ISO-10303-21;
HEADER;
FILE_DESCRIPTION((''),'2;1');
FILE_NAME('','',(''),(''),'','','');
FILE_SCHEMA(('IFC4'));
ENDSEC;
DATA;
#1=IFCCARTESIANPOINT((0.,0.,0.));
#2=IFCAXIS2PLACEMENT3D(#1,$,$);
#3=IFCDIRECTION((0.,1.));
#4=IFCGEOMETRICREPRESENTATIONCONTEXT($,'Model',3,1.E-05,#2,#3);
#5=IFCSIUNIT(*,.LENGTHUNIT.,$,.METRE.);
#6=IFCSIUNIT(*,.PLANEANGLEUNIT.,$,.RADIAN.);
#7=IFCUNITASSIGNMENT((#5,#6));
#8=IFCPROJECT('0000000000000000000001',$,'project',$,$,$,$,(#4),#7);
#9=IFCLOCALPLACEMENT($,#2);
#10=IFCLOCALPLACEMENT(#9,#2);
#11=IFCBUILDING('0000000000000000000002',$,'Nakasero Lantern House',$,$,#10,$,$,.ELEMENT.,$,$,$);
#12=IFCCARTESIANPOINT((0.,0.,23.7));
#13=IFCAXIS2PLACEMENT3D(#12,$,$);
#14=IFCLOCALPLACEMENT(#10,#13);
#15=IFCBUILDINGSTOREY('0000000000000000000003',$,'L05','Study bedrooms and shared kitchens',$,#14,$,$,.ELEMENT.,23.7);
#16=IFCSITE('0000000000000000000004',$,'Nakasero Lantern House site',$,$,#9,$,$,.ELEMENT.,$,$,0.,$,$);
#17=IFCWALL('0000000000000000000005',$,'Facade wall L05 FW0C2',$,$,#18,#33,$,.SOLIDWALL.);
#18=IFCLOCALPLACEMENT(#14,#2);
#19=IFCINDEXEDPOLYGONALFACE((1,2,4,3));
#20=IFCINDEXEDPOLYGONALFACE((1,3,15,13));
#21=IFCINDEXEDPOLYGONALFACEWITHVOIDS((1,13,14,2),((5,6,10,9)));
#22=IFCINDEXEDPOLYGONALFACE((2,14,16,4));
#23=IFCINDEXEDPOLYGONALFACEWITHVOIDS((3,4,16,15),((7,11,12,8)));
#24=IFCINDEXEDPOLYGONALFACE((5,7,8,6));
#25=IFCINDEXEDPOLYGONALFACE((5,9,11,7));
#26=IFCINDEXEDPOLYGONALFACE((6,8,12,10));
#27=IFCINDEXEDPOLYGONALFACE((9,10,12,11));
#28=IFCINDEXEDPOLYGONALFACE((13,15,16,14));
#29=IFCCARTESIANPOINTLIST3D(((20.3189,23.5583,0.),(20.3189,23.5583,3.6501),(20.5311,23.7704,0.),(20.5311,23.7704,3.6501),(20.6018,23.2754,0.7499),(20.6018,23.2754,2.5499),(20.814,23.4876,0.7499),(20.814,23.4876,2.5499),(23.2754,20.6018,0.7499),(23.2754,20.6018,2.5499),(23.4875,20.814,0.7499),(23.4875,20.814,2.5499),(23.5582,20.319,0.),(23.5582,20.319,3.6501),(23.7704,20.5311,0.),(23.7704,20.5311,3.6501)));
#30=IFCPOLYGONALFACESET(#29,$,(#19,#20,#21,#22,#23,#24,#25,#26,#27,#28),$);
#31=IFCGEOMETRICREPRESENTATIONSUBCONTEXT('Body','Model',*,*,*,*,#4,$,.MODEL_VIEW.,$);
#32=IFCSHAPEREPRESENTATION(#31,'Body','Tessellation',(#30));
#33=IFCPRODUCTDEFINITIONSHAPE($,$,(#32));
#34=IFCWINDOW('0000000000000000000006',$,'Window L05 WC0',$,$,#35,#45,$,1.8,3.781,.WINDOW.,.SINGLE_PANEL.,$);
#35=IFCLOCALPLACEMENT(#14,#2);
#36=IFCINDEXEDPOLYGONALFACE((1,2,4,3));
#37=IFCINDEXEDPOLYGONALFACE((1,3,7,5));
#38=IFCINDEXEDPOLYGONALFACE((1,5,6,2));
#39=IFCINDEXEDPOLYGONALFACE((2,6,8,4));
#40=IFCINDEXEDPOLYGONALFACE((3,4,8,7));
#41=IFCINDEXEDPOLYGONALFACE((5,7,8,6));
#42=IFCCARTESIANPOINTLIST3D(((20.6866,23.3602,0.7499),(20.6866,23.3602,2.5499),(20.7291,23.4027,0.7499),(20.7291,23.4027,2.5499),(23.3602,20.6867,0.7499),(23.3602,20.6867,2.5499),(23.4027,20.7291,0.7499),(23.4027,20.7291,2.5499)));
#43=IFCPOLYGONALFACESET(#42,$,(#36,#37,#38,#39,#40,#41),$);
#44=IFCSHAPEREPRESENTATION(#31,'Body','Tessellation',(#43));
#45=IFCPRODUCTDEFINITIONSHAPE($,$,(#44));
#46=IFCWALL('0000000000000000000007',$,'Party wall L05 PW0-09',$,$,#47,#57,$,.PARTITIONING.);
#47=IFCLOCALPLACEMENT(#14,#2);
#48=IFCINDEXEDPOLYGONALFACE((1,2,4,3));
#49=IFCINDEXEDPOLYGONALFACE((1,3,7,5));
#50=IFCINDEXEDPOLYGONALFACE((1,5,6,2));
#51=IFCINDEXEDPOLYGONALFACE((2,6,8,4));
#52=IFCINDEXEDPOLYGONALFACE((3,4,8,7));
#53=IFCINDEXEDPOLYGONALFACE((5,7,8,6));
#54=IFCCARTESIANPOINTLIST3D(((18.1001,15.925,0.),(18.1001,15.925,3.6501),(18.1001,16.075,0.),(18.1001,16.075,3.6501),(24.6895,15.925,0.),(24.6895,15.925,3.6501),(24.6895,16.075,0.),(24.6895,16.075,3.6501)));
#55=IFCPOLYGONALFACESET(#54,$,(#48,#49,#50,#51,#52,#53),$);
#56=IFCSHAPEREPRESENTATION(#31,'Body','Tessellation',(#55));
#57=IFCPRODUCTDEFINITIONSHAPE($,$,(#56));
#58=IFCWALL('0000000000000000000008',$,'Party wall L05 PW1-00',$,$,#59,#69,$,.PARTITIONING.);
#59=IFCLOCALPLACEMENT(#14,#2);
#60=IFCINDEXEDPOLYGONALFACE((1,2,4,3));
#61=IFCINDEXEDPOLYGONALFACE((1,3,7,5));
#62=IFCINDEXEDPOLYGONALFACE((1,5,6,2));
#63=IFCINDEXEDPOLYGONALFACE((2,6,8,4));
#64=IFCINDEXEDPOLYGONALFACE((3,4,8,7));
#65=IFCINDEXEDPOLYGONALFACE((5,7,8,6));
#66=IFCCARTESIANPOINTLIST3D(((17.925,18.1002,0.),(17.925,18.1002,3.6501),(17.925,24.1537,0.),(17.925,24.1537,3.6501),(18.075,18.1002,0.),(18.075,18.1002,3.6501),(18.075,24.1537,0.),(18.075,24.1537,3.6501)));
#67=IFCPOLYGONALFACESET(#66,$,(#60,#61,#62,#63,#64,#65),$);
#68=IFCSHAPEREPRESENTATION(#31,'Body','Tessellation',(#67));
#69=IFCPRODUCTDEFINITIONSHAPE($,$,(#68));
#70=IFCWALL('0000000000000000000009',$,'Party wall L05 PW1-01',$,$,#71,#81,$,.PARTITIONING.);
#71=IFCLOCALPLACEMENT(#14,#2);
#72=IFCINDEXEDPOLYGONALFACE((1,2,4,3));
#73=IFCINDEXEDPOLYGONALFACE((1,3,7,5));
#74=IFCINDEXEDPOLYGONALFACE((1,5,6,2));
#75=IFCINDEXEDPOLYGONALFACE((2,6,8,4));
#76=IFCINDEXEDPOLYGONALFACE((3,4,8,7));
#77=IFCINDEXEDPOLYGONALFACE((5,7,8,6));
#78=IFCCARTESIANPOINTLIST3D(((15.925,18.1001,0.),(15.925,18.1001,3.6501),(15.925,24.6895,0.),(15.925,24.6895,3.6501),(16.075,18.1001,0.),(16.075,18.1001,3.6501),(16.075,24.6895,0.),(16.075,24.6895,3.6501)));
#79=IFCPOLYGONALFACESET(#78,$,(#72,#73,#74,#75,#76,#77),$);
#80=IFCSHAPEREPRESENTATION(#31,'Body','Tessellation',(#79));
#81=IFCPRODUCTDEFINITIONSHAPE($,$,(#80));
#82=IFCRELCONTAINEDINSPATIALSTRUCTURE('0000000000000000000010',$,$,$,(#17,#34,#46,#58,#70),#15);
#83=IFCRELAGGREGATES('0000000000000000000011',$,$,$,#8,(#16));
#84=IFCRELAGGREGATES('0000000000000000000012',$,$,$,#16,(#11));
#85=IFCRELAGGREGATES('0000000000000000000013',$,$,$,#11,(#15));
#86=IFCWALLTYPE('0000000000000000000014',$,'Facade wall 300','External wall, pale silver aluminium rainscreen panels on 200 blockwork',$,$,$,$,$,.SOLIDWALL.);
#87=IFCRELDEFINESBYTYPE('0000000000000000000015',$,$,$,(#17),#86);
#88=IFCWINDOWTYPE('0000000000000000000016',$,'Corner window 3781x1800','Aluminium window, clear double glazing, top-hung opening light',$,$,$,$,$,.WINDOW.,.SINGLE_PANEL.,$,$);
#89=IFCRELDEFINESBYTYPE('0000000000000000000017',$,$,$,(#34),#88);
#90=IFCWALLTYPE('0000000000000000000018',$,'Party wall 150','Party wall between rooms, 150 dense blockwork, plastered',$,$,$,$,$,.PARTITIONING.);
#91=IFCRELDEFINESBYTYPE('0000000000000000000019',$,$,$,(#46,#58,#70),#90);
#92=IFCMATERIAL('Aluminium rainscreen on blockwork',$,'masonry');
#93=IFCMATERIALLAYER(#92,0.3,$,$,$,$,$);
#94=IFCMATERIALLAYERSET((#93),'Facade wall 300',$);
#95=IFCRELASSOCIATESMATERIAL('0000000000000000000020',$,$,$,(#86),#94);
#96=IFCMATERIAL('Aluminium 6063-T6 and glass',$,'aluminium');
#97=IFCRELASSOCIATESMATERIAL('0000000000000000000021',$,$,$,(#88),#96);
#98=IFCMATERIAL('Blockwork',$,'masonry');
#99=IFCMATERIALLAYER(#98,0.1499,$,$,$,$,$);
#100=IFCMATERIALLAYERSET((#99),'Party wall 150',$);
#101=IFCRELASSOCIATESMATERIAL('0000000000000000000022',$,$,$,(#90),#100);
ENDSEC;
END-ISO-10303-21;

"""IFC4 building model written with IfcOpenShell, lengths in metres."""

from ifc_helpers import new_model, si_unit, direction, frame, frame_2d, origin, place, context, subcontext, project, spatial, rectangle, extrude, material, layer, layer_set, type_object, element, fill, save


model = new_model("IFC4")

# Units and contexts
model_context = context("Model", 3, precision=1e-05, world=origin(), true_north=direction((0.0, 1.0)))
body_context = subcontext(model_context, "Body", "Model", "MODEL_VIEW")
ifc_project = project(units=[si_unit("LENGTHUNIT", "METRE"), si_unit("PLANEANGLEUNIT", "RADIAN")], contexts=[model_context])

# Site, building, storey
site_placement = place(None, origin())
site = spatial("IfcSite", under=ifc_project, at=site_placement, Name="Nakasero Lantern House site", CompositionType="ELEMENT", RefElevation=0.0)
building_placement = place(site_placement, origin())
building = spatial("IfcBuilding", under=site, at=building_placement, Name="Nakasero Lantern House", CompositionType="ELEMENT")
storey_placement = place(building_placement, frame((0.0, 0.0, 23.7)))
storey = spatial("IfcBuildingStorey", under=building, at=storey_placement, Name="L05", Description="Study bedrooms and shared kitchens", CompositionType="ELEMENT", Elevation=23.7)

# Shared definitions
ifc_material_1 = material(Name="Aluminium rainscreen on blockwork", Category="masonry")
ifc_layer_1 = layer(ifc_material_1, 0.3)
ifc_layer_set_1 = layer_set([ifc_layer_1], Name="Facade wall 300")
wall_type_1 = type_object("IfcWallType", Name="Facade wall 300", Description="External wall, pale silver aluminium rainscreen panels on 200 blockwork", PredefinedType="SOLIDWALL", material=ifc_layer_set_1)

# Wall, opening, window
wall_1_placement = place(storey_placement, frame((23.6643, 20.425, 0.0), z_axis=(0.0, 0.0, 1.0), x_axis=(-0.707107, 0.707107, 0.0)))
wall_1 = element("IfcWall", 1, at=wall_1_placement, inside=storey, type_object=wall_type_1, Name="Facade wall L05 FW0C2", PredefinedType="SOLIDWALL", context=body_context, shape_type="SweptSolid", body=[
    extrude(rectangle(XDim=4.5811, YDim=0.3, at=frame_2d((2.2905, 0.0))), origin(), (0.0, 0.0, 1.0), 3.6501),
])
opening_1_placement = place(wall_1_placement, frame((0.3999, 0.0, 0.75)))
opening_1 = element("IfcOpeningElement", 2, at=opening_1_placement, cuts=wall_1, PredefinedType="OPENING", context=body_context, shape_type="SweptSolid", body=[
    extrude(rectangle(XDim=3.781, YDim=1.8, at=frame_2d((1.8906, 0.8999))), frame((0.0, 0.1699, 0.0), z_axis=(0.0, -1.0, 0.0), x_axis=(1.0, 0.0, 0.0)), (0.0, 0.0, 1.0), 0.3401),
])
ifc_material_2 = material(Name="Aluminium 6063-T6 and glass", Category="aluminium")
window_type = type_object("IfcWindowType", Name="Corner window 3781x1800", Description="Aluminium window, clear double glazing, top-hung opening light", PartitioningType="SINGLE_PANEL", PredefinedType="WINDOW", material=ifc_material_2)
window_placement = place(opening_1_placement, origin())
window = element("IfcWindow", 3, at=window_placement, inside=storey, type_object=window_type, Name="Window L05 WC0", OverallHeight=1.8, OverallWidth=3.781, PartitioningType="SINGLE_PANEL", PredefinedType="WINDOW", context=body_context, shape_type="SweptSolid", body=[
    extrude(rectangle(XDim=3.781, YDim=1.8, at=frame_2d((1.8906, 0.8999))), frame((0.0, 0.03, 0.0), z_axis=(0.0, -1.0, 0.0), x_axis=(1.0, 0.0, 0.0)), (0.0, 0.0, 1.0), 0.0601),
])
fill(opening_1, window)

# Walls
ifc_material_3 = material(Name="Blockwork", Category="masonry")
ifc_layer_2 = layer(ifc_material_3, 0.1499)
ifc_layer_set_2 = layer_set([ifc_layer_2], Name="Party wall 150")
wall_type_2 = type_object("IfcWallType", Name="Party wall 150", Description="Party wall between rooms, 150 dense blockwork, plastered", PredefinedType="PARTITIONING", material=ifc_layer_set_2)
wall_2_placement = place(storey_placement, frame((18.1001, 16.0, 0.0), z_axis=(0.0, 0.0, 1.0), x_axis=(1.0, 0.0, 0.0)))
element("IfcWall", 4, at=wall_2_placement, inside=storey, type_object=wall_type_2, Name="Party wall L05 PW0-09", PredefinedType="PARTITIONING", context=body_context, shape_type="SweptSolid", body=[
    extrude(rectangle(XDim=6.5894, YDim=0.1499, at=frame_2d((3.2947, 0.0))), origin(), (0.0, 0.0, 1.0), 3.6501),
])
wall_3_placement = place(storey_placement, frame((18.0, 18.1001, 0.0), z_axis=(0.0, 0.0, 1.0), x_axis=(0.0, 1.0, 0.0)))
element("IfcWall", 5, at=wall_3_placement, inside=storey, type_object=wall_type_2, Name="Party wall L05 PW1-00", PredefinedType="PARTITIONING", context=body_context, shape_type="SweptSolid", body=[
    extrude(rectangle(XDim=6.0535, YDim=0.1499, at=frame_2d((3.0269, 0.0))), origin(), (0.0, 0.0, 1.0), 3.6501),
])
wall_4_placement = place(storey_placement, frame((16.0, 18.1001, 0.0), z_axis=(0.0, 0.0, 1.0), x_axis=(0.0, 1.0, 0.0)))
element("IfcWall", 6, at=wall_4_placement, inside=storey, type_object=wall_type_2, Name="Party wall L05 PW1-01", PredefinedType="PARTITIONING", context=body_context, shape_type="SweptSolid", body=[
    extrude(rectangle(XDim=6.5894, YDim=0.1499, at=frame_2d((3.2947, 0.0))), origin(), (0.0, 0.0, 1.0), 3.6501),
])

save(model, "model.ifc")
